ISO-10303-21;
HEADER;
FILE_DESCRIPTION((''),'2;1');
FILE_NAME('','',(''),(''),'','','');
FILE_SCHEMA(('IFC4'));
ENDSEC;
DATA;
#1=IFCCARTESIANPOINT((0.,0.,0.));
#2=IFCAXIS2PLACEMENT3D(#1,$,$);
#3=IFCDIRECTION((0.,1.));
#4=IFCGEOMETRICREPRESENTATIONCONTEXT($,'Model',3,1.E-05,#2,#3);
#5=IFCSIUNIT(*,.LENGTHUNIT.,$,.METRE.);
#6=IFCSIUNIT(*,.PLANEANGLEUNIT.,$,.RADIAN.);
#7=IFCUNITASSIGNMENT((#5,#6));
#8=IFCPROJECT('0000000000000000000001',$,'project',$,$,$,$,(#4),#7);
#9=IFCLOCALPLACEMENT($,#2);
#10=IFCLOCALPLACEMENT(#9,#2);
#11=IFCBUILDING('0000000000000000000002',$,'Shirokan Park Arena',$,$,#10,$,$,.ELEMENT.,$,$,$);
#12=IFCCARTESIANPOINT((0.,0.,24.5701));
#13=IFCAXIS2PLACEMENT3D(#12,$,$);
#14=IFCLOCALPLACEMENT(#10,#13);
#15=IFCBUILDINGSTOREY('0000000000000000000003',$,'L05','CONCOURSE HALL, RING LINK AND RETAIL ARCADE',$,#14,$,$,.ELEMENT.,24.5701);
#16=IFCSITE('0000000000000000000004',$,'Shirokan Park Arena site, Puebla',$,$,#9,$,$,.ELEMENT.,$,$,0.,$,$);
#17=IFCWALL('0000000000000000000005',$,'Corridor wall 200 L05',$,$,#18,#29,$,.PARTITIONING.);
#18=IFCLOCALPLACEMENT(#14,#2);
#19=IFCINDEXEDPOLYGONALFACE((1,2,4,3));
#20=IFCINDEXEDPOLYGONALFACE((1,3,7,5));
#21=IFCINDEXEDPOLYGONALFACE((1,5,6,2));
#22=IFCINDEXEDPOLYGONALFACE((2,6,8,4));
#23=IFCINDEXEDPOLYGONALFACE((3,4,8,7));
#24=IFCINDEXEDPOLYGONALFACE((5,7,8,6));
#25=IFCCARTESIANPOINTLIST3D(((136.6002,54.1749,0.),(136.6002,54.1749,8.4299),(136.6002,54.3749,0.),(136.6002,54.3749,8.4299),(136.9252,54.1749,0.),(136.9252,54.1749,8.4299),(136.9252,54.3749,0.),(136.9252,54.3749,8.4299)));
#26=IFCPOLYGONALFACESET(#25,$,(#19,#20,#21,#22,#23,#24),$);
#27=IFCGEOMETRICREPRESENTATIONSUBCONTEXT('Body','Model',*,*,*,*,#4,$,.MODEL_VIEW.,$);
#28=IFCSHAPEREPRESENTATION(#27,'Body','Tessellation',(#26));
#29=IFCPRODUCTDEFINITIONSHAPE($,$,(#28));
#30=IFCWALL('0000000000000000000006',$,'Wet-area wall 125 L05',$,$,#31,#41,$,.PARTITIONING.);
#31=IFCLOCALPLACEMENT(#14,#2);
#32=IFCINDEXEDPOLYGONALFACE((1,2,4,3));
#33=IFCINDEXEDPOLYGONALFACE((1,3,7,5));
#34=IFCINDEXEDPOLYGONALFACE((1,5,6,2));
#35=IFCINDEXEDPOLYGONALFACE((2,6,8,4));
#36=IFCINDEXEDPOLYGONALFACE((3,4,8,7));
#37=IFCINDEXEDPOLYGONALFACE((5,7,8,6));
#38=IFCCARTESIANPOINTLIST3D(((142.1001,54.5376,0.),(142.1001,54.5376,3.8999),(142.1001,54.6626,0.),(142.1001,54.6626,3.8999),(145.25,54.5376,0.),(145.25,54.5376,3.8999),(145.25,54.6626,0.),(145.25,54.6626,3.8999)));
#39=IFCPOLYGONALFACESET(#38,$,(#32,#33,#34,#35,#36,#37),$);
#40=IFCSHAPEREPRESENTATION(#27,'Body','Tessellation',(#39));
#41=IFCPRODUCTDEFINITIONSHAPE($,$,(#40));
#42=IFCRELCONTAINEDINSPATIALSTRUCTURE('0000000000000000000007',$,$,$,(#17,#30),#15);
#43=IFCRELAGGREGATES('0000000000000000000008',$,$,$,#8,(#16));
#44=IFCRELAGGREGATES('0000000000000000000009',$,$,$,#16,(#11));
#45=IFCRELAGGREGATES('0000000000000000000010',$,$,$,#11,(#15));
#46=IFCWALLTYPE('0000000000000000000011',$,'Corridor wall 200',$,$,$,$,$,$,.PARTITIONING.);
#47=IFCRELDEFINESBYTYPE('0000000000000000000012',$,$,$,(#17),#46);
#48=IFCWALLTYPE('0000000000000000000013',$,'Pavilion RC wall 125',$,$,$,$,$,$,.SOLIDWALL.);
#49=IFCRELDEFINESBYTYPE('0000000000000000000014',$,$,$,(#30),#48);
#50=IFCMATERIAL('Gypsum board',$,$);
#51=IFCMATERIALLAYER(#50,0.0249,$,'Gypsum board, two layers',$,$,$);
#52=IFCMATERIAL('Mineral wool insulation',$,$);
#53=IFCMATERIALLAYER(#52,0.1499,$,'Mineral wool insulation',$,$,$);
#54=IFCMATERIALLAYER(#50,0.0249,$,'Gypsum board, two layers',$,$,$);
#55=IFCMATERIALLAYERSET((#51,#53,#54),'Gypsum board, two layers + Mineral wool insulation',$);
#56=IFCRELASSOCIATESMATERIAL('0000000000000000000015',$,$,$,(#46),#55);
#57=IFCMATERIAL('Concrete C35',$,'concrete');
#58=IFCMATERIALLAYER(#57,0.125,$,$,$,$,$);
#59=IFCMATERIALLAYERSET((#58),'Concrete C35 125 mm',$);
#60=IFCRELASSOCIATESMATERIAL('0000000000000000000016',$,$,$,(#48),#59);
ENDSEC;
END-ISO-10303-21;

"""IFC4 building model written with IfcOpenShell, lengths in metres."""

from ifc_helpers import new_model, si_unit, direction, frame, frame_2d, origin, place, context, subcontext, project, spatial, rectangle, extrude, material, layer, layer_set, type_object, element, save


model = new_model("IFC4")

# Units and contexts
model_context = context("Model", 3, precision=1e-05, world=origin(), true_north=direction((0.0, 1.0)))
body_context = subcontext(model_context, "Body", "Model", "MODEL_VIEW")
ifc_project = project(units=[si_unit("LENGTHUNIT", "METRE"), si_unit("PLANEANGLEUNIT", "RADIAN")], contexts=[model_context])

# Site, building, storey
site_placement = place(None, origin())
site = spatial("IfcSite", under=ifc_project, at=site_placement, Name="Shirokan Park Arena site, Puebla", CompositionType="ELEMENT", RefElevation=0.0)
building_placement = place(site_placement, origin())
building = spatial("IfcBuilding", under=site, at=building_placement, Name="Shirokan Park Arena", CompositionType="ELEMENT")
storey_placement = place(building_placement, frame((0.0, 0.0, 24.5701)))
storey = spatial("IfcBuildingStorey", under=building, at=storey_placement, Name="L05", Description="CONCOURSE HALL, RING LINK AND RETAIL ARCADE", CompositionType="ELEMENT", Elevation=24.5701)

# Shared definitions
ifc_material_1 = material(Name="Concrete C35", Category="concrete")

# Walls
ifc_material_2 = material(Name="Gypsum board")
ifc_layer_1 = layer(ifc_material_2, 0.0249, Name="Gypsum board, two layers")
ifc_material_3 = material(Name="Mineral wool insulation")
ifc_layer_2 = layer(ifc_material_3, 0.1499, Name="Mineral wool insulation")
ifc_layer_3 = layer(ifc_material_2, 0.0249, Name="Gypsum board, two layers")
ifc_layer_set_1 = layer_set([ifc_layer_1, ifc_layer_2, ifc_layer_3], Name="Gypsum board, two layers + Mineral wool insulation")
wall_type_1 = type_object("IfcWallType", Name="Corridor wall 200", PredefinedType="PARTITIONING", material=ifc_layer_set_1)
wall_1_placement = place(storey_placement, frame((136.6001, 54.2749, 0.0), z_axis=(0.0, 0.0, 1.0), x_axis=(1.0, 0.0, 0.0)))
element("IfcWall", 1, at=wall_1_placement, inside=storey, type_object=wall_type_1, Name="Corridor wall 200 L05", PredefinedType="PARTITIONING", context=body_context, shape_type="SweptSolid", body=[
    extrude(rectangle(XDim=0.325, YDim=0.2, at=frame_2d((0.1626, 0.0))), origin(), (0.0, 0.0, 1.0), 8.4299),
])
ifc_layer_4 = layer(ifc_material_1, 0.125)
ifc_layer_set_2 = layer_set([ifc_layer_4], Name="Concrete C35 125 mm")
wall_type_2 = type_object("IfcWallType", Name="Pavilion RC wall 125", PredefinedType="SOLIDWALL", material=ifc_layer_set_2)
wall_2_placement = place(storey_placement, frame((142.1001, 54.6001, 0.0), z_axis=(0.0, 0.0, 1.0), x_axis=(1.0, 0.0, 0.0)))
element("IfcWall", 2, at=wall_2_placement, inside=storey, type_object=wall_type_2, Name="Wet-area wall 125 L05", PredefinedType="PARTITIONING", context=body_context, shape_type="SweptSolid", body=[
    extrude(rectangle(XDim=3.1499, YDim=0.125, at=frame_2d((1.575, 0.0))), origin(), (0.0, 0.0, 1.0), 3.8999),
])

save(model, "model.ifc")
